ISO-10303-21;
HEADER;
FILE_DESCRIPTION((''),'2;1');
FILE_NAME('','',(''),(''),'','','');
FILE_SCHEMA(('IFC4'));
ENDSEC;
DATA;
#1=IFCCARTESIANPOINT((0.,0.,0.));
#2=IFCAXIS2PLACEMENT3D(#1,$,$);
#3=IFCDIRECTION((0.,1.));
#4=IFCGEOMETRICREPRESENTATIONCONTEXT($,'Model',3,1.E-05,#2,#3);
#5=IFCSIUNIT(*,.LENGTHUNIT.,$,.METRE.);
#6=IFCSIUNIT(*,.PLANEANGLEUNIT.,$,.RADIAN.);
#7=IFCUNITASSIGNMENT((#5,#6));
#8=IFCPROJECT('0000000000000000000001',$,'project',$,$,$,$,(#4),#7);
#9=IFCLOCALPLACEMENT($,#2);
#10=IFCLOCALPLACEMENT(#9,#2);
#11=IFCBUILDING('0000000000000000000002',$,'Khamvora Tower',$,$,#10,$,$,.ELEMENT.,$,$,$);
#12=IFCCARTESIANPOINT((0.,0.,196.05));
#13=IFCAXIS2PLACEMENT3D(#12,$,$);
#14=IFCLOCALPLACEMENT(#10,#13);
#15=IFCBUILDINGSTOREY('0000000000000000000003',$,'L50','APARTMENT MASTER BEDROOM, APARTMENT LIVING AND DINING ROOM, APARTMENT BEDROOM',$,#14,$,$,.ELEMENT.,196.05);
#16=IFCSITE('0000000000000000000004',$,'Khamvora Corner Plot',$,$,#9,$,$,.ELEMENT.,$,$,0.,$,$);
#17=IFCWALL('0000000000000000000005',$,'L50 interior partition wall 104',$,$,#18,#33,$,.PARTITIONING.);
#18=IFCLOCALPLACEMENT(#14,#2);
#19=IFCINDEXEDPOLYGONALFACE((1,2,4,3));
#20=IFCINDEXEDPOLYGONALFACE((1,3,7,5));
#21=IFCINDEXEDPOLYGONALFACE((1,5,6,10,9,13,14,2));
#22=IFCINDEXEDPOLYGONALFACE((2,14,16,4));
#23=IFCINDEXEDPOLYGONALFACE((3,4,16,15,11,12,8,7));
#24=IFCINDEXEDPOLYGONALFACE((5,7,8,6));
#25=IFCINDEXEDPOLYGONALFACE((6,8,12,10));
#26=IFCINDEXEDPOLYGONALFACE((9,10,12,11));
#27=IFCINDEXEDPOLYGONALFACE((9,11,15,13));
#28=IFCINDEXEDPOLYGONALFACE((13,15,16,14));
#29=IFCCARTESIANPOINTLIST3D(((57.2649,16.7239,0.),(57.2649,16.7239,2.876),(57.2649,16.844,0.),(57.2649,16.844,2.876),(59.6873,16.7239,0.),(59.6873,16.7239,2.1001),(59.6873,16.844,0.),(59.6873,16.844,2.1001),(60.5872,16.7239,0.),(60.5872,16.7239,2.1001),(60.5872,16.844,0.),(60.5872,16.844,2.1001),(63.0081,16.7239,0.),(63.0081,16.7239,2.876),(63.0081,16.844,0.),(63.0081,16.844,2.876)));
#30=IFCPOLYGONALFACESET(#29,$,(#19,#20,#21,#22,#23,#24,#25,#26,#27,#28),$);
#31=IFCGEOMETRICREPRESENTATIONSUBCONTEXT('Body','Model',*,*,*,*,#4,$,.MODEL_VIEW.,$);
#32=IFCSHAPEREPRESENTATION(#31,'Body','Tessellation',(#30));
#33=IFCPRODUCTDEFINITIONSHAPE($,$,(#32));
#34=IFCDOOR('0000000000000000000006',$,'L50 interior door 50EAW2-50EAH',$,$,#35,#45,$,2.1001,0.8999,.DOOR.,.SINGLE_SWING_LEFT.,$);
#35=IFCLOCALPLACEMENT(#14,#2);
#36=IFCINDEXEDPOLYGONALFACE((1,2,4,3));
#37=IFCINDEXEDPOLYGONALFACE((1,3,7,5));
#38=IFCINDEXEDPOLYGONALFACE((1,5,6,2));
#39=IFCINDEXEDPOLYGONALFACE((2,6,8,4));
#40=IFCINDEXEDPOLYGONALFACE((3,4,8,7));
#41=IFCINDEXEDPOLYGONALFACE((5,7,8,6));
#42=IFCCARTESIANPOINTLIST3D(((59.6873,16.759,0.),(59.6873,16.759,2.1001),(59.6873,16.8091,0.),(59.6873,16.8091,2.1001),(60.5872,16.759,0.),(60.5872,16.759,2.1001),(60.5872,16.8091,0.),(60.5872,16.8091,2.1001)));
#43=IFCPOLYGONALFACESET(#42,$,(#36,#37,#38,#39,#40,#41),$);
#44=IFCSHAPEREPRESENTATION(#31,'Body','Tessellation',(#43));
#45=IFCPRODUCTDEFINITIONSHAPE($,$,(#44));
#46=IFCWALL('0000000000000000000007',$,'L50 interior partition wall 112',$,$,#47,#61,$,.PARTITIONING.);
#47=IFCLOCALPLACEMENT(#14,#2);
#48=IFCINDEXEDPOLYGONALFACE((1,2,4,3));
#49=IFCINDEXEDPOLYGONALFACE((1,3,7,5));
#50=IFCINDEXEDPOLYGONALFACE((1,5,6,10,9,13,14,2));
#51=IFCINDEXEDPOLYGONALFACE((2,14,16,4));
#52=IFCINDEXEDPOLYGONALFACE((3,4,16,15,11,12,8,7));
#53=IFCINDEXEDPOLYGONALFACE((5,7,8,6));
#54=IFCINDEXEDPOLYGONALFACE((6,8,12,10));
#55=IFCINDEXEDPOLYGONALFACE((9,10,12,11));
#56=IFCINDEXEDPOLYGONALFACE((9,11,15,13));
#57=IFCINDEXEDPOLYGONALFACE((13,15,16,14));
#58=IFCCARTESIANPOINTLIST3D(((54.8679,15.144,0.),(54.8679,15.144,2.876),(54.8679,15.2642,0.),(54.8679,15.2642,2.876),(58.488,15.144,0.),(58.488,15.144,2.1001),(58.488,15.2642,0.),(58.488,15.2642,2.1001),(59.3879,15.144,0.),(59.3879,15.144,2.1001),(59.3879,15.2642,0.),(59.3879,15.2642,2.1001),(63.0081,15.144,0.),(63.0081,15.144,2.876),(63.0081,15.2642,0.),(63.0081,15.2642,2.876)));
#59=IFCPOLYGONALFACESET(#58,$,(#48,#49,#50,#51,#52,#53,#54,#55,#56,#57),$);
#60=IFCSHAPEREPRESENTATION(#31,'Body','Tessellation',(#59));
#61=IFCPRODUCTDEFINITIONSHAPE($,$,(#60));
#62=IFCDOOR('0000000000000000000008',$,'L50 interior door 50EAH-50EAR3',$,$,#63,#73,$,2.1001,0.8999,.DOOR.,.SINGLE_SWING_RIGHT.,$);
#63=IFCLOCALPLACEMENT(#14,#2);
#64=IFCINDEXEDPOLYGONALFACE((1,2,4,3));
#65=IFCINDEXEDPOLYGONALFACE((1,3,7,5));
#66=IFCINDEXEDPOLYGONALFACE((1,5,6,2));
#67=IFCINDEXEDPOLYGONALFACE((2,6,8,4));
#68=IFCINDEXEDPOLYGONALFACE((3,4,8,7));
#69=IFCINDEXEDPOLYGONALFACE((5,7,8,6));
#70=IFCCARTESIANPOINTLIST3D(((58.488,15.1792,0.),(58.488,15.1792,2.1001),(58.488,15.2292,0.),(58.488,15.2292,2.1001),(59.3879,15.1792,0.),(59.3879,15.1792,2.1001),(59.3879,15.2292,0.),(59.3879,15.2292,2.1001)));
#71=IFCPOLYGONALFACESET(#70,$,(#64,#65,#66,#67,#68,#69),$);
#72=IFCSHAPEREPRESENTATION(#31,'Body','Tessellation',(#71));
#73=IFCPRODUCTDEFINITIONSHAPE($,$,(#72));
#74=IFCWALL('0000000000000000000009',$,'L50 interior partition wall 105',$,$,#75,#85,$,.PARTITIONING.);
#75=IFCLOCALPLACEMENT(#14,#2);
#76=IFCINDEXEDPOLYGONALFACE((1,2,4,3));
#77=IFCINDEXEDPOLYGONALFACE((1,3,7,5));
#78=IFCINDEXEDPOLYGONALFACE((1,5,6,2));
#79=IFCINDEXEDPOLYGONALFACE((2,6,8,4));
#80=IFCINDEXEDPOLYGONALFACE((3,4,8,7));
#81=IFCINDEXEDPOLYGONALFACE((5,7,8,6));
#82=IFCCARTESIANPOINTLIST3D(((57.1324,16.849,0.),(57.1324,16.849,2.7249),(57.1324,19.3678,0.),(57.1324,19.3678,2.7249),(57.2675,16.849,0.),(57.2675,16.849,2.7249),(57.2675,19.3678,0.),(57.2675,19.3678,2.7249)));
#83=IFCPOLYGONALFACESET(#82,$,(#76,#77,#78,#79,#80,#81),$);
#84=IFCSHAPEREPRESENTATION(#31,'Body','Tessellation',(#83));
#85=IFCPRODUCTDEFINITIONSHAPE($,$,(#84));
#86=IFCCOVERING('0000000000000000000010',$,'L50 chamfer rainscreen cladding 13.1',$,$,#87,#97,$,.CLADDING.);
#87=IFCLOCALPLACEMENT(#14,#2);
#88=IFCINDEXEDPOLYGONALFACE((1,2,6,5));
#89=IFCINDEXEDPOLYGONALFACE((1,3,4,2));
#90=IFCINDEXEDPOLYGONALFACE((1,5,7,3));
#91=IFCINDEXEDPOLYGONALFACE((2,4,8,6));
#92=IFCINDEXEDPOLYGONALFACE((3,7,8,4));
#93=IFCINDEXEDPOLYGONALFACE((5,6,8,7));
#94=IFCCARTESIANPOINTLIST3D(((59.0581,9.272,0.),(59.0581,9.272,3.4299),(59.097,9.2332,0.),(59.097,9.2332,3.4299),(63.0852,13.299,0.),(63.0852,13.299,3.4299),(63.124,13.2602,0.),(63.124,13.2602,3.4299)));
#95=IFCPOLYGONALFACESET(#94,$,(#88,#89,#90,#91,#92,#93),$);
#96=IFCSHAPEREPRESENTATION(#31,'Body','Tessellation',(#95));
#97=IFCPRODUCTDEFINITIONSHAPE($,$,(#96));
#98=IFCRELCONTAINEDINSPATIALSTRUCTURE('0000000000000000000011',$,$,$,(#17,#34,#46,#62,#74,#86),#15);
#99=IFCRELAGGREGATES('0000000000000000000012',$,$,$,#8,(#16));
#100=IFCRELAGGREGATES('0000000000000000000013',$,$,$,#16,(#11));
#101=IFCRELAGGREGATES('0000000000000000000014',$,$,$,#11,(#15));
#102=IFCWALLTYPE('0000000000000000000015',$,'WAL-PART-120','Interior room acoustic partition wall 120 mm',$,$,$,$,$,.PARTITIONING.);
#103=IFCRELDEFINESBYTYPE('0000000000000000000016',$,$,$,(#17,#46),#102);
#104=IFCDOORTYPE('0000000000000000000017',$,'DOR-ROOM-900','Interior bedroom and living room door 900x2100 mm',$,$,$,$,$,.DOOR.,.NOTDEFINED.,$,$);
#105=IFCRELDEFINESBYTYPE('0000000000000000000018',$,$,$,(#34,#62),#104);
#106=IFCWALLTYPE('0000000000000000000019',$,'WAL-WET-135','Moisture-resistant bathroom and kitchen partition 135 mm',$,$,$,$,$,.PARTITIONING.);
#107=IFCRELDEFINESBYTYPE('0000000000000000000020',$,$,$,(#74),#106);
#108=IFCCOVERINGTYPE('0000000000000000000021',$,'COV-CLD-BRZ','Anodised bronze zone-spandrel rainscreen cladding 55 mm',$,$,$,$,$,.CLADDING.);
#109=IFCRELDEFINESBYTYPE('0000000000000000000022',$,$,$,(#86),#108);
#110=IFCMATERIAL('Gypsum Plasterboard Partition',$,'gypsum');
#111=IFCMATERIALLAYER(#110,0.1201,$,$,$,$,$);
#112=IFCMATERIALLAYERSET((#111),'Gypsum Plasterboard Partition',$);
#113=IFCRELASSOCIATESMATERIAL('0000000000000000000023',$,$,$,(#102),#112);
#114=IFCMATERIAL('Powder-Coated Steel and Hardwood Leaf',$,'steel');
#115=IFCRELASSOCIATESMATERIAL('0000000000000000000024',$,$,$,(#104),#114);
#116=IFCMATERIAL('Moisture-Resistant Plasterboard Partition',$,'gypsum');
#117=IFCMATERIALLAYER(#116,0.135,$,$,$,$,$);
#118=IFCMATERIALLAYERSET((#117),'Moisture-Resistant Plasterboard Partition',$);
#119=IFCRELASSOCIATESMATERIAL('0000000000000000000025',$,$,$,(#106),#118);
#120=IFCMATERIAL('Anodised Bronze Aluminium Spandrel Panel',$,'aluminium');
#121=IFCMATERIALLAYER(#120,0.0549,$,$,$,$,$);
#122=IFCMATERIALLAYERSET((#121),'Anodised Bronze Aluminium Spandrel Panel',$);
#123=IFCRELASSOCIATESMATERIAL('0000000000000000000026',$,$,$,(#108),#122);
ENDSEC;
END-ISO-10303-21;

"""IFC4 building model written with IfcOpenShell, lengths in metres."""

from ifc_helpers import new_model, si_unit, direction, frame, frame_2d, origin, origin_2d, place, context, subcontext, project, spatial, rectangle, extrude, material, layer, layer_set, type_object, element, fill, save


model = new_model("IFC4")

# Units and contexts
model_context = context("Model", 3, precision=1e-05, world=origin(), true_north=direction((0.0, 1.0)))
body_context = subcontext(model_context, "Body", "Model", "MODEL_VIEW")
ifc_project = project(units=[si_unit("LENGTHUNIT", "METRE"), si_unit("PLANEANGLEUNIT", "RADIAN")], contexts=[model_context])

# Site, building, storey
site_placement = place(None, origin())
site = spatial("IfcSite", under=ifc_project, at=site_placement, Name="Khamvora Corner Plot", CompositionType="ELEMENT", RefElevation=0.0)
building_placement = place(site_placement, origin())
building = spatial("IfcBuilding", under=site, at=building_placement, Name="Khamvora Tower", CompositionType="ELEMENT")
storey_placement = place(building_placement, frame((0.0, 0.0, 196.05)))
storey = spatial("IfcBuildingStorey", under=building, at=storey_placement, Name="L50", Description="APARTMENT MASTER BEDROOM, APARTMENT LIVING AND DINING ROOM, APARTMENT BEDROOM", CompositionType="ELEMENT", Elevation=196.05)

# Walls, openings, doors
ifc_material_1 = material(Name="Gypsum Plasterboard Partition", Category="gypsum")
ifc_layer_1 = layer(ifc_material_1, 0.1201)
ifc_layer_set_1 = layer_set([ifc_layer_1], Name="Gypsum Plasterboard Partition")
wall_type_1 = type_object("IfcWallType", Name="WAL-PART-120", Description="Interior room acoustic partition wall 120 mm", PredefinedType="PARTITIONING", material=ifc_layer_set_1)
wall_1_placement = place(storey_placement, frame((63.0081, 16.7839, 0.0), z_axis=(0.0, 0.0, 1.0), x_axis=(-1.0, 0.0, 0.0)))
wall_1 = element("IfcWall", 1, at=wall_1_placement, inside=storey, type_object=wall_type_1, Name="L50 interior partition wall 104", PredefinedType="PARTITIONING", context=body_context, shape_type="SweptSolid", body=[
    extrude(rectangle(XDim=5.7432, YDim=0.1201, at=frame_2d((2.8716, 0.0))), origin(), (0.0, 0.0, 1.0), 2.876),
])
opening_1_placement = place(wall_1_placement, frame((2.4209, 0.0, 0.0)))
opening_1 = element("IfcOpeningElement", 2, at=opening_1_placement, cuts=wall_1, PredefinedType="OPENING", context=body_context, shape_type="SweptSolid", body=[
    extrude(rectangle(XDim=0.8999, YDim=2.1001, at=frame_2d((0.45, 1.05))), frame((0.0, 0.0701, 0.0), z_axis=(0.0, -1.0, 0.0), x_axis=(1.0, 0.0, 0.0)), (0.0, 0.0, 1.0), 0.1401),
])
ifc_material_2 = material(Name="Powder-Coated Steel and Hardwood Leaf", Category="steel")
door_type = type_object("IfcDoorType", Name="DOR-ROOM-900", Description="Interior bedroom and living room door 900x2100 mm", OperationType="NOTDEFINED", PredefinedType="DOOR", material=ifc_material_2)
door_1_placement = place(opening_1_placement, origin())
door_1 = element("IfcDoor", 3, at=door_1_placement, inside=storey, type_object=door_type, Name="L50 interior door 50EAW2-50EAH", OperationType="SINGLE_SWING_LEFT", OverallHeight=2.1001, OverallWidth=0.8999, PredefinedType="DOOR", context=body_context, shape_type="SweptSolid", body=[
    extrude(rectangle(XDim=0.8999, YDim=2.1001, at=frame_2d((0.45, 1.05))), frame((0.0, 0.0249, 0.0), z_axis=(0.0, -1.0, 0.0), x_axis=(1.0, 0.0, 0.0)), (0.0, 0.0, 1.0), 0.05),
])
fill(opening_1, door_1)
wall_2_placement = place(storey_placement, frame((63.0081, 15.2041, 0.0), z_axis=(0.0, 0.0, 1.0), x_axis=(-1.0, 0.0, 0.0)))
wall_2 = element("IfcWall", 4, at=wall_2_placement, inside=storey, type_object=wall_type_1, Name="L50 interior partition wall 112", PredefinedType="PARTITIONING", context=body_context, shape_type="SweptSolid", body=[
    extrude(rectangle(XDim=8.1401, YDim=0.1201, at=frame_2d((4.0701, 0.0))), origin(), (0.0, 0.0, 1.0), 2.876),
])
opening_2_placement = place(wall_2_placement, frame((3.6201, 0.0, 0.0)))
opening_2 = element("IfcOpeningElement", 5, at=opening_2_placement, cuts=wall_2, PredefinedType="OPENING", context=body_context, shape_type="SweptSolid", body=[
    extrude(rectangle(XDim=0.8999, YDim=2.1001, at=frame_2d((0.45, 1.05))), frame((0.0, 0.0701, 0.0), z_axis=(0.0, -1.0, 0.0), x_axis=(1.0, 0.0, 0.0)), (0.0, 0.0, 1.0), 0.1401),
])
door_2_placement = place(opening_2_placement, origin())
door_2 = element("IfcDoor", 6, at=door_2_placement, inside=storey, type_object=door_type, Name="L50 interior door 50EAH-50EAR3", OperationType="SINGLE_SWING_RIGHT", OverallHeight=2.1001, OverallWidth=0.8999, PredefinedType="DOOR", context=body_context, shape_type="SweptSolid", body=[
    extrude(rectangle(XDim=0.8999, YDim=2.1001, at=frame_2d((0.45, 1.05))), frame((0.0, 0.0249, 0.0), z_axis=(0.0, -1.0, 0.0), x_axis=(1.0, 0.0, 0.0)), (0.0, 0.0, 1.0), 0.05),
])
fill(opening_2, door_2)

# Wall
ifc_material_3 = material(Name="Moisture-Resistant Plasterboard Partition", Category="gypsum")
ifc_layer_2 = layer(ifc_material_3, 0.135)
ifc_layer_set_2 = layer_set([ifc_layer_2], Name="Moisture-Resistant Plasterboard Partition")
wall_type_2 = type_object("IfcWallType", Name="WAL-WET-135", Description="Moisture-resistant bathroom and kitchen partition 135 mm", PredefinedType="PARTITIONING", material=ifc_layer_set_2)
wall_3_placement = place(storey_placement, frame((57.2, 16.8491, 0.0), z_axis=(0.0, 0.0, 1.0), x_axis=(0.0, 1.0, 0.0)))
element("IfcWall", 7, at=wall_3_placement, inside=storey, type_object=wall_type_2, Name="L50 interior partition wall 105", PredefinedType="PARTITIONING", context=body_context, shape_type="SweptSolid", body=[
    extrude(rectangle(XDim=2.5188, YDim=0.135, at=frame_2d((1.2593, 0.0))), origin(), (0.0, 0.0, 1.0), 2.7249),
])

# Covering
ifc_material_4 = material(Name="Anodised Bronze Aluminium Spandrel Panel", Category="aluminium")
ifc_layer_3 = layer(ifc_material_4, 0.0549)
ifc_layer_set_3 = layer_set([ifc_layer_3], Name="Anodised Bronze Aluminium Spandrel Panel")
covering_type = type_object("IfcCoveringType", Name="COV-CLD-BRZ", Description="Anodised bronze zone-spandrel rainscreen cladding 55 mm", PredefinedType="CLADDING", material=ifc_layer_set_3)
covering_placement = place(storey_placement, frame((61.0911, 11.2661, 0.0), z_axis=(0.0, 0.0, 1.0), x_axis=(-0.707107, -0.707107, 0.0)))
element("IfcCovering", 8, at=covering_placement, inside=storey, type_object=covering_type, Name="L50 chamfer rainscreen cladding 13.1", PredefinedType="CLADDING", context=body_context, shape_type="SweptSolid", body=[
    extrude(rectangle(XDim=5.6951, YDim=0.0549, at=origin_2d()), origin(), (0.0, 0.0, 1.0), 3.4299),
])

save(model, "model.ifc")
